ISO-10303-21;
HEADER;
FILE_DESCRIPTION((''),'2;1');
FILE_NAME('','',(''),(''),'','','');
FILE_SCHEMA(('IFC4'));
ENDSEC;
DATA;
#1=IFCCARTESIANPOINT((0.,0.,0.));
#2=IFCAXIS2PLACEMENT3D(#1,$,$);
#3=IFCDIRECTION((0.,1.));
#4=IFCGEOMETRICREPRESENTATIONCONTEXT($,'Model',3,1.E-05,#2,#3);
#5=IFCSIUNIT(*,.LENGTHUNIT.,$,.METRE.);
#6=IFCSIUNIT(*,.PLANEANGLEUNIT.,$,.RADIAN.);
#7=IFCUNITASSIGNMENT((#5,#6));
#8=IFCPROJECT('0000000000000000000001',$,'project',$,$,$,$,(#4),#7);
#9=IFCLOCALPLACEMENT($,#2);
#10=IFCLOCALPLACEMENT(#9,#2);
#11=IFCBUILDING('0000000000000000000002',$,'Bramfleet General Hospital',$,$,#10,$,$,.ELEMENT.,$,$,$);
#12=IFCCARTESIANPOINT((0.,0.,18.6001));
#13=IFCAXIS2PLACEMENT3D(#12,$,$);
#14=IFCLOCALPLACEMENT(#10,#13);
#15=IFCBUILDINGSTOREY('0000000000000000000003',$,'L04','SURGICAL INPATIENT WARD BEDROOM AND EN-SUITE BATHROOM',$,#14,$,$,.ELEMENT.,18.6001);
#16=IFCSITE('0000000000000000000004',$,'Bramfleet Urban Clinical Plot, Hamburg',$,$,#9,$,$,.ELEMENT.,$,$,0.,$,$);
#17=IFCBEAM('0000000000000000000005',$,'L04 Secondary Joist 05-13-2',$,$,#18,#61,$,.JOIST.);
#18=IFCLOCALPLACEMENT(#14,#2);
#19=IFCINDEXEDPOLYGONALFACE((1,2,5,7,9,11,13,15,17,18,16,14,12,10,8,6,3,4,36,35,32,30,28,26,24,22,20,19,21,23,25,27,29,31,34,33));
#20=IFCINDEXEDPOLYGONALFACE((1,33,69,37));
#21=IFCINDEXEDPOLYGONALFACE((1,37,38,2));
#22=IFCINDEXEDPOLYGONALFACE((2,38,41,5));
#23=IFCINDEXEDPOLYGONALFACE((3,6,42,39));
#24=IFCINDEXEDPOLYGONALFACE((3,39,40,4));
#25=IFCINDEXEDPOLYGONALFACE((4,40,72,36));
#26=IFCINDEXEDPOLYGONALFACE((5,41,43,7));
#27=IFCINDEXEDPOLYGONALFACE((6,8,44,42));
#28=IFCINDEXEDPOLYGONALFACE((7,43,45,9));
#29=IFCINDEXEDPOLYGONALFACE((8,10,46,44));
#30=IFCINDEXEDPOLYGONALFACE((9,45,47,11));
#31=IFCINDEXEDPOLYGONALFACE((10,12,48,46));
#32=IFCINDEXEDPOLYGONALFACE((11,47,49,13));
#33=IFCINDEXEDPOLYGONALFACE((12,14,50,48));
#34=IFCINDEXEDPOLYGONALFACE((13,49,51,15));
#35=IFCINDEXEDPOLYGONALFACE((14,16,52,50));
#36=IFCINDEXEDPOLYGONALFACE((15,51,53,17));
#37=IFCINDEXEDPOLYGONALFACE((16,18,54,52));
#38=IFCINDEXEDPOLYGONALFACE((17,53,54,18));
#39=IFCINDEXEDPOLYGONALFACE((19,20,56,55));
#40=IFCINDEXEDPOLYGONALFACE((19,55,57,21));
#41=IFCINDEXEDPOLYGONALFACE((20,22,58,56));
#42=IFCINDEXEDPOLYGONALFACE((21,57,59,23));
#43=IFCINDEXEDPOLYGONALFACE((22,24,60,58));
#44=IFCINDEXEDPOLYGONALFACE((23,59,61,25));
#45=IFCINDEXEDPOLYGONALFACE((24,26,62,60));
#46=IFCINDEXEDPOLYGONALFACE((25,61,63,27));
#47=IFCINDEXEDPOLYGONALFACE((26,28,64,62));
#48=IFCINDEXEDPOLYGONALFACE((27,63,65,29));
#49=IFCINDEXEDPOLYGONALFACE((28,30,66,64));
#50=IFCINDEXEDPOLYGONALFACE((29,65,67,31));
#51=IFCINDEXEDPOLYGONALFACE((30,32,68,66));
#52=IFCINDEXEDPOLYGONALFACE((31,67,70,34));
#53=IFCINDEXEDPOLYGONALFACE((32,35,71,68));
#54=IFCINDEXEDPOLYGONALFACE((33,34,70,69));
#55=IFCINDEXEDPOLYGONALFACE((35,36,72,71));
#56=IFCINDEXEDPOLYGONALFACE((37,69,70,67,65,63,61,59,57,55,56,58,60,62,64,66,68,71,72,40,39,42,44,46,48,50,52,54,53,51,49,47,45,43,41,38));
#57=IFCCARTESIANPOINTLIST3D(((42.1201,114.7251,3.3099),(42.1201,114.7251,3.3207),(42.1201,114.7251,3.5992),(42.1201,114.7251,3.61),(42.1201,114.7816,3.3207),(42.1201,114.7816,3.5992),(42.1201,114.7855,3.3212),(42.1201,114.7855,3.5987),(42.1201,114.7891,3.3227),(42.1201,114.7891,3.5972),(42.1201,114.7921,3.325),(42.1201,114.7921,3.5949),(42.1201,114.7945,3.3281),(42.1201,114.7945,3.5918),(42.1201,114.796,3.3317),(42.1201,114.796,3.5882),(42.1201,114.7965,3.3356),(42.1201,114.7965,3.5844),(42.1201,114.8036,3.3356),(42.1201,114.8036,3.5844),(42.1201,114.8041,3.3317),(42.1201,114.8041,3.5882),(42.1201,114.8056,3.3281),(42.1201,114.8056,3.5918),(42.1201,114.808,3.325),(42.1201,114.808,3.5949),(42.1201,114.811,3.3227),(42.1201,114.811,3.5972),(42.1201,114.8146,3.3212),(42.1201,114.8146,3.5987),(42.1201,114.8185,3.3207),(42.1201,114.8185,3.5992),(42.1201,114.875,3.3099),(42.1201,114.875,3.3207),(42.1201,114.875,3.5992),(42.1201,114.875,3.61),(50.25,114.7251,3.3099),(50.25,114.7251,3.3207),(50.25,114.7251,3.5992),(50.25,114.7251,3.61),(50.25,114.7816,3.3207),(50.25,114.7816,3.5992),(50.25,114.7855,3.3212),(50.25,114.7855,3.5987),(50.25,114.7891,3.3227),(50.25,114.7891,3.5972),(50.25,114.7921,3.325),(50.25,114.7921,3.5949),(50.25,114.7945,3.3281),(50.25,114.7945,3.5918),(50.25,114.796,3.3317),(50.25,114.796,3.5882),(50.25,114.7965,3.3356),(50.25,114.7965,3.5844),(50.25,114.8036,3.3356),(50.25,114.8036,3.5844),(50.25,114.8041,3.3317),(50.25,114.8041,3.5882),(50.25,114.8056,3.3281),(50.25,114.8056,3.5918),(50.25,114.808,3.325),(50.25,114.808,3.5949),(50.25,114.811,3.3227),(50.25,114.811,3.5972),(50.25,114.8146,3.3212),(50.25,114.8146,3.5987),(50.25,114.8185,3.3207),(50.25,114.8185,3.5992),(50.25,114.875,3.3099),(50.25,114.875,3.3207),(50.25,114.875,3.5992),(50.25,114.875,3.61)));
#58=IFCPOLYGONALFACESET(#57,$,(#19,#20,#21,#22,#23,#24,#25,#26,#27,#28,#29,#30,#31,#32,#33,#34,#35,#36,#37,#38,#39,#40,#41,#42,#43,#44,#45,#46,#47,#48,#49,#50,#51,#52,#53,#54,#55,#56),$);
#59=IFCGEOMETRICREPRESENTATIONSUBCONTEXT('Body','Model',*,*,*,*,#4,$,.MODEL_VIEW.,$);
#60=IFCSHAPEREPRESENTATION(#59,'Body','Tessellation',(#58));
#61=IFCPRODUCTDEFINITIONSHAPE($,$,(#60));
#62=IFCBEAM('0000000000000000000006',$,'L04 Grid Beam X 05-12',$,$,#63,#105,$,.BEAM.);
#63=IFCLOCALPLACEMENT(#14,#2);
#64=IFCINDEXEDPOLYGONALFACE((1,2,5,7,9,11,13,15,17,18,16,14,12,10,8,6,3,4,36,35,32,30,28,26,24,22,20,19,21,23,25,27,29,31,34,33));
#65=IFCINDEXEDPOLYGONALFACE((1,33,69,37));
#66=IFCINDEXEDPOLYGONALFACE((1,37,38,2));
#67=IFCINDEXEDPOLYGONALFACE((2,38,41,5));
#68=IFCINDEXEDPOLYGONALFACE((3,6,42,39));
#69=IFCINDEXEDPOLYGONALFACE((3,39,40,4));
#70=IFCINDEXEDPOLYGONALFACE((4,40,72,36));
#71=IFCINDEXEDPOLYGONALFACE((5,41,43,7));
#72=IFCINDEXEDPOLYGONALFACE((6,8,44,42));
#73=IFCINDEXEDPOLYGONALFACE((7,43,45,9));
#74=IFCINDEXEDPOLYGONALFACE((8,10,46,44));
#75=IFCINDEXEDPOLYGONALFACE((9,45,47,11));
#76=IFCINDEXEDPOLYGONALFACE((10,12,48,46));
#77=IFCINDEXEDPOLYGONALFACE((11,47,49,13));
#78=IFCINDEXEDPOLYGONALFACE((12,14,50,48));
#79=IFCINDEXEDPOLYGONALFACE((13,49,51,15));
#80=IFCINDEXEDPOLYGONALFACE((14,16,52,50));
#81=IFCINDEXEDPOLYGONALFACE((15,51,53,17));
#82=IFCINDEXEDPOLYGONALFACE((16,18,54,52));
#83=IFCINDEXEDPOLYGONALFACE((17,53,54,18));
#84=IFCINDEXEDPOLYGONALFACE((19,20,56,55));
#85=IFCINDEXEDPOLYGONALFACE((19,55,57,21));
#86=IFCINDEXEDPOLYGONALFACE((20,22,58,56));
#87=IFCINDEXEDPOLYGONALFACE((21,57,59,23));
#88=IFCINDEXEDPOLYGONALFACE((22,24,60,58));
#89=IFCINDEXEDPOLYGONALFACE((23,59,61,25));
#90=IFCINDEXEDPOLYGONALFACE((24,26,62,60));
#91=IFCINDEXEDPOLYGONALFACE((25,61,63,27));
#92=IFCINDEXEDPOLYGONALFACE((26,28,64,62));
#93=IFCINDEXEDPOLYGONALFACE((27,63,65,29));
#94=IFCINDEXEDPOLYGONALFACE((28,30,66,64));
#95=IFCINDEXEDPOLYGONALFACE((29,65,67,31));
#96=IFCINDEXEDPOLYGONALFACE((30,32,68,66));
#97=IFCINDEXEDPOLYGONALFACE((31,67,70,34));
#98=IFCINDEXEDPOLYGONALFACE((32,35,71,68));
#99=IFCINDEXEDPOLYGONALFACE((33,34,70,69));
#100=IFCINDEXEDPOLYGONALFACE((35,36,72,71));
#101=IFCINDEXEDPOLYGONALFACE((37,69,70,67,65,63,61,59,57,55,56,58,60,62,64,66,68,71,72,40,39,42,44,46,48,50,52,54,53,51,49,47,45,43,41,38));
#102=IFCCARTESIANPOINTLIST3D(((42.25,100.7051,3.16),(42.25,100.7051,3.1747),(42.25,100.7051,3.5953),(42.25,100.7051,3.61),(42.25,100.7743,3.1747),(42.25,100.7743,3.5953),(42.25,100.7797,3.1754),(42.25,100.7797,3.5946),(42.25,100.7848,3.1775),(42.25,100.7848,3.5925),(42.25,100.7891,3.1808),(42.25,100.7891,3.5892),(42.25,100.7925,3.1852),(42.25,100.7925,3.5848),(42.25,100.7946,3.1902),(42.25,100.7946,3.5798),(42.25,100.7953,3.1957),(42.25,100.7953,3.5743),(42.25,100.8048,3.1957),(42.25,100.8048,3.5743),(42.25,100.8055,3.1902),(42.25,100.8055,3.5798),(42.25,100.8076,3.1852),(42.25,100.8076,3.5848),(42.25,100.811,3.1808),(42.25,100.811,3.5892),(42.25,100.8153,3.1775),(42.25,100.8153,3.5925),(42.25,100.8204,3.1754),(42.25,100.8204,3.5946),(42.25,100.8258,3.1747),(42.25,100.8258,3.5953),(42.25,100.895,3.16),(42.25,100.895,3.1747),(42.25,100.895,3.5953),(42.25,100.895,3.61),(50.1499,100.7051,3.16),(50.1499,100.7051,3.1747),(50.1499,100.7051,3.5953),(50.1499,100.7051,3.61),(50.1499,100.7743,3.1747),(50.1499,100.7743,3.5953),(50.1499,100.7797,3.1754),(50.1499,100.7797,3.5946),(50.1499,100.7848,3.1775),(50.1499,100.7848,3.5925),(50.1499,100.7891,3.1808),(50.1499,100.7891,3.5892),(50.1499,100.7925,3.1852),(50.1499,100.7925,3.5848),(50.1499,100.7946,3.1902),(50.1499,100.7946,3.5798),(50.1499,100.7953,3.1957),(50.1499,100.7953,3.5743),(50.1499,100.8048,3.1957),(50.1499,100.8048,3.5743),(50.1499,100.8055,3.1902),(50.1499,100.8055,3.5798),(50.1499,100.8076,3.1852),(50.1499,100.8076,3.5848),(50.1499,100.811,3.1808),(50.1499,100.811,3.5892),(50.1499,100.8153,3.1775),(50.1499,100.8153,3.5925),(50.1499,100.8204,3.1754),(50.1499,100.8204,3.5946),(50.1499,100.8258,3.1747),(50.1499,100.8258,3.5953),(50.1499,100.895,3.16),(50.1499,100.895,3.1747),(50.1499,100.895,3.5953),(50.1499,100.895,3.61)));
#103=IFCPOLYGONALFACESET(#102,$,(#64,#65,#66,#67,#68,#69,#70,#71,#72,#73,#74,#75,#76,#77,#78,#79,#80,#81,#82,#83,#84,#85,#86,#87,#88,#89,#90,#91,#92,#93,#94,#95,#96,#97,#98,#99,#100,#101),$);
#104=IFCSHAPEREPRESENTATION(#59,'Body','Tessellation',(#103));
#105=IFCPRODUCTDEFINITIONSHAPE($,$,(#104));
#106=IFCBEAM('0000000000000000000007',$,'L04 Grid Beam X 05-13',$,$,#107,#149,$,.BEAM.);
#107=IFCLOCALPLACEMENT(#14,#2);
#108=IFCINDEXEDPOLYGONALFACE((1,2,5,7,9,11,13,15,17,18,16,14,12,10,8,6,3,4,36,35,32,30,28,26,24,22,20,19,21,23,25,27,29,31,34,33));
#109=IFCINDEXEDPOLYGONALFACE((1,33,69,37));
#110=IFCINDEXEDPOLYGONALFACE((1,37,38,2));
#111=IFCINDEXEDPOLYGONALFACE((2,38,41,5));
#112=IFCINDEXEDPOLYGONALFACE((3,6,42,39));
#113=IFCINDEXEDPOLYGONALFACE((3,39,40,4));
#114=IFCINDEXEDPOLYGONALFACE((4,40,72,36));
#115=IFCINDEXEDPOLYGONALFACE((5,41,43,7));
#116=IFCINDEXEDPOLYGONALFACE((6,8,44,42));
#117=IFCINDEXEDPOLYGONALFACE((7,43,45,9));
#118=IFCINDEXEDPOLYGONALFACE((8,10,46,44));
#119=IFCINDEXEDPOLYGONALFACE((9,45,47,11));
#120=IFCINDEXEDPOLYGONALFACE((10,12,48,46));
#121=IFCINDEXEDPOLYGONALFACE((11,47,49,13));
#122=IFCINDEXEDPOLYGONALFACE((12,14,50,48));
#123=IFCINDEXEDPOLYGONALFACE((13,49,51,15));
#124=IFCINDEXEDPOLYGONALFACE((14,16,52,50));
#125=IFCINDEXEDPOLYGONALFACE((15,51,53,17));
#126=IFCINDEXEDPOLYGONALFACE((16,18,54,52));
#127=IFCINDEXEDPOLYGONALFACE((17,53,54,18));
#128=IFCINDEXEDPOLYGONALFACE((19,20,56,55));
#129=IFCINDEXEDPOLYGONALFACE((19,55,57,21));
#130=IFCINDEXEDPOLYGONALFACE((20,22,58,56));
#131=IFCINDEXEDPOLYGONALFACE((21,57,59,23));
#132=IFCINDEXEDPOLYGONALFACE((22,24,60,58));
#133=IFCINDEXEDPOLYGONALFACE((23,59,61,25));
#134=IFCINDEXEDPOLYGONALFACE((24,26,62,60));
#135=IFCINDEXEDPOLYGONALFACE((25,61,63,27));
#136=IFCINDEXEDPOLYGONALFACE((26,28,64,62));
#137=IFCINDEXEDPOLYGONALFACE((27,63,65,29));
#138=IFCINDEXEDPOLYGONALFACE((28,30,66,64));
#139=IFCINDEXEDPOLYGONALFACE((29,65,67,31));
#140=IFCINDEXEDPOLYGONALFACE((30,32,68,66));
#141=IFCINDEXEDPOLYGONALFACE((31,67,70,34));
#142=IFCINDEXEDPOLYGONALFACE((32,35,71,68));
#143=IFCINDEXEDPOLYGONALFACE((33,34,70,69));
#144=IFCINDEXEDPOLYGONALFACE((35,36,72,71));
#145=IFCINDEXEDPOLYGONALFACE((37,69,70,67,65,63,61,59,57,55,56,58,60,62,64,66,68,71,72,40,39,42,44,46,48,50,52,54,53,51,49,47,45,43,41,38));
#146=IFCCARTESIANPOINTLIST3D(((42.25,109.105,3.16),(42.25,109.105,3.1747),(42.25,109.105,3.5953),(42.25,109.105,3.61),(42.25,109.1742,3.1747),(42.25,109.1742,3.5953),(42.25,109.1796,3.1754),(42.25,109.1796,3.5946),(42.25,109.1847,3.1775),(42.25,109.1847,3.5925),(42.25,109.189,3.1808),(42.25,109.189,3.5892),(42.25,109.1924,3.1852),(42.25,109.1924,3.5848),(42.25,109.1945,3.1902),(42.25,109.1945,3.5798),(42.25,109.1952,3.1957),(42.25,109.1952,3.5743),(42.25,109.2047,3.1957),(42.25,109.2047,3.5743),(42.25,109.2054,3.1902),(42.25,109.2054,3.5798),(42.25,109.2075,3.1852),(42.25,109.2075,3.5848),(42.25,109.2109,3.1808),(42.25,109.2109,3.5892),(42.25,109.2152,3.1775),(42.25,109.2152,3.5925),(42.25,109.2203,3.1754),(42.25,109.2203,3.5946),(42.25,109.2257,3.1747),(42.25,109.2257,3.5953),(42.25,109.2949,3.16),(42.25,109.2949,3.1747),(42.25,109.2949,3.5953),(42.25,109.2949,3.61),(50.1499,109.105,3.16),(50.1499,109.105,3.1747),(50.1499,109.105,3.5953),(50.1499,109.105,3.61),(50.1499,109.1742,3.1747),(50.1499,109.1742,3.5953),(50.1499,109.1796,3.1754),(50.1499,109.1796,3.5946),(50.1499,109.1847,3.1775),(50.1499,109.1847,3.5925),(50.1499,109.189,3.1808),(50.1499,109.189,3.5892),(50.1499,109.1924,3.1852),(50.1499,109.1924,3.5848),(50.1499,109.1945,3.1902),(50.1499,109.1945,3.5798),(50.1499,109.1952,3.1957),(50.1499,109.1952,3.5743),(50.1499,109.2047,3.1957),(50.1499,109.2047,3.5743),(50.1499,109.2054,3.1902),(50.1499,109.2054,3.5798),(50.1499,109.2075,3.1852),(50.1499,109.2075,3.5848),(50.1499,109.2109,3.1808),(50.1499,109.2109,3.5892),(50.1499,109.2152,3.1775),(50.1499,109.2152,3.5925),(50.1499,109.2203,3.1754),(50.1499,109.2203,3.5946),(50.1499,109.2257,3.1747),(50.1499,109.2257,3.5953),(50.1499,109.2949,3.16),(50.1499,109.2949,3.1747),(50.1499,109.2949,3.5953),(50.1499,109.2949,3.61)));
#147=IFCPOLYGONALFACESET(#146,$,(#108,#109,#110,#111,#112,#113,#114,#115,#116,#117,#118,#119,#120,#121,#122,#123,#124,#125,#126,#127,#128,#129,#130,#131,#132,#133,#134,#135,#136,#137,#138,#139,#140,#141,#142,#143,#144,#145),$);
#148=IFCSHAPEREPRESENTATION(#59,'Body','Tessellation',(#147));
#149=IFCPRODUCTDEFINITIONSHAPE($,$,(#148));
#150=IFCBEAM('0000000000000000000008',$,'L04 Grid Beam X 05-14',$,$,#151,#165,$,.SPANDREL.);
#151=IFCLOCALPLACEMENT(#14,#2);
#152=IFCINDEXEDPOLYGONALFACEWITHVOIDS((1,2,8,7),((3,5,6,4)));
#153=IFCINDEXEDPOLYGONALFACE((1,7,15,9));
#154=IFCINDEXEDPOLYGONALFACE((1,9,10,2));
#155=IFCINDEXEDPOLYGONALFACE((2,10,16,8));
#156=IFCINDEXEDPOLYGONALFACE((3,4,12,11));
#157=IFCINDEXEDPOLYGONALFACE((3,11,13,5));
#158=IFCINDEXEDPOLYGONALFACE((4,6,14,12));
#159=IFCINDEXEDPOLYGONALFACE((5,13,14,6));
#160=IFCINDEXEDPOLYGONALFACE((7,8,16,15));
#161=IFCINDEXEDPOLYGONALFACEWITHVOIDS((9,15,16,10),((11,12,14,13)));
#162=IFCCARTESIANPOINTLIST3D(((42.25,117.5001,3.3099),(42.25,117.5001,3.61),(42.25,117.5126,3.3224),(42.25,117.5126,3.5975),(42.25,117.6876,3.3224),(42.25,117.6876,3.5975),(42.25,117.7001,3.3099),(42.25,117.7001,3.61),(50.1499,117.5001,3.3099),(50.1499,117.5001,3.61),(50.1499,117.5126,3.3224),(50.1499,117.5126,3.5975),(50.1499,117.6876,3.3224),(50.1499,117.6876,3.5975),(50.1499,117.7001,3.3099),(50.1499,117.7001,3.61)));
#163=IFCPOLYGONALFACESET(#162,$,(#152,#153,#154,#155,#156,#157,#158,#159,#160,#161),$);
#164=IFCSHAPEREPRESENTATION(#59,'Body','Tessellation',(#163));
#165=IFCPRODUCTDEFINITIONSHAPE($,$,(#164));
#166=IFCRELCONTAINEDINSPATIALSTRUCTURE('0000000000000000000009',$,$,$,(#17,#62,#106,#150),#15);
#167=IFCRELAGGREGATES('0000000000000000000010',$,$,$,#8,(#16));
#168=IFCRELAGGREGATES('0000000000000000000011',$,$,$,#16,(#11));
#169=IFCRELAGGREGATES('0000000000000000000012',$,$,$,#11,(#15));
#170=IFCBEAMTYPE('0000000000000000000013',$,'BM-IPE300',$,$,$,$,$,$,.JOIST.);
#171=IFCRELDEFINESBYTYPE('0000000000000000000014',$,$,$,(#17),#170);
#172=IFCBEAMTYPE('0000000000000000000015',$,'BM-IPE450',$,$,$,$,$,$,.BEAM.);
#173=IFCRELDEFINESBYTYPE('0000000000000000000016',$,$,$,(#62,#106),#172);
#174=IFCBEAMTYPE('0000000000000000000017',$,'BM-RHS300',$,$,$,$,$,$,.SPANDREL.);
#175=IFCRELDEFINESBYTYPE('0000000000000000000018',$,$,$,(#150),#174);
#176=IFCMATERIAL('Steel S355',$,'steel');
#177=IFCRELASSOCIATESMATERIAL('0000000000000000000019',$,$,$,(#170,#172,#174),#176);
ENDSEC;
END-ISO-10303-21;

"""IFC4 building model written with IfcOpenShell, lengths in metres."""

from ifc_helpers import new_model, si_unit, direction, frame, origin, origin_2d, place, context, subcontext, project, spatial, hollow_rectangle, i_section, extrude, material, material_profile, profile_set, type_object, element, save


model = new_model("IFC4")

# Units and contexts
model_context = context("Model", 3, precision=1e-05, world=origin(), true_north=direction((0.0, 1.0)))
body_context = subcontext(model_context, "Body", "Model", "MODEL_VIEW")
ifc_project = project(units=[si_unit("LENGTHUNIT", "METRE"), si_unit("PLANEANGLEUNIT", "RADIAN")], contexts=[model_context])

# Site, building, storey
site_placement = place(None, origin())
site = spatial("IfcSite", under=ifc_project, at=site_placement, Name="Bramfleet Urban Clinical Plot, Hamburg", CompositionType="ELEMENT", RefElevation=0.0)
building_placement = place(site_placement, origin())
building = spatial("IfcBuilding", under=site, at=building_placement, Name="Bramfleet General Hospital", CompositionType="ELEMENT")
storey_placement = place(building_placement, frame((0.0, 0.0, 18.6001)))
storey = spatial("IfcBuildingStorey", under=building, at=storey_placement, Name="L04", Description="SURGICAL INPATIENT WARD BEDROOM AND EN-SUITE BATHROOM", CompositionType="ELEMENT", Elevation=18.6001)

# Beams
ifc_material_1 = material(Name="Steel S355", Category="steel")
ifc_material_profile_1 = material_profile(ifc_material_1, i_section(OverallWidth=0.1499, OverallDepth=0.3, WebThickness=0.0071, FlangeThickness=0.0107, FilletRadius=0.0149, at=origin_2d()), Name="IPE 300")
ifc_profile_set_1 = profile_set([ifc_material_profile_1], Name="Steel S355")
beam_type_1 = type_object("IfcBeamType", Name="BM-IPE300", PredefinedType="JOIST", material=ifc_profile_set_1)
for number, where, z_axis, x_axis, name in (
    (1, (42.1201, 114.8, 3.46), (1.0, 0.0, 0.0), (0.0, 1.0, 0.0), "L04 Secondary Joist 05-13-2"),
):
    element("IfcBeam", number, at=place(storey_placement, frame(where, z_axis=z_axis, x_axis=x_axis)), inside=storey, type_object=beam_type_1, Name=name, PredefinedType="JOIST", context=body_context, shape_type="SweptSolid", body=[
        extrude(i_section(OverallWidth=0.1499, OverallDepth=0.3, WebThickness=0.0071, FlangeThickness=0.0107, FilletRadius=0.0149, at=origin_2d()), origin(), (0.0, 0.0, 1.0), 8.1299),
    ])
ifc_material_profile_2 = material_profile(ifc_material_1, i_section(OverallWidth=0.1899, OverallDepth=0.45, WebThickness=0.0095, FlangeThickness=0.0146, FilletRadius=0.021, at=origin_2d()), Name="IPE 450")
ifc_profile_set_2 = profile_set([ifc_material_profile_2], Name="Steel S355")
beam_type_2 = type_object("IfcBeamType", Name="BM-IPE450", PredefinedType="BEAM", material=ifc_profile_set_2)
for number, where, z_axis, x_axis, name in (
    (2, (42.25, 100.8, 3.385), (1.0, 0.0, 0.0), (0.0, 1.0, 0.0), "L04 Grid Beam X 05-12"),
    (3, (42.25, 109.2, 3.385), (1.0, 0.0, 0.0), (0.0, 1.0, 0.0), "L04 Grid Beam X 05-13"),
):
    element("IfcBeam", number, at=place(storey_placement, frame(where, z_axis=z_axis, x_axis=x_axis)), inside=storey, type_object=beam_type_2, Name=name, PredefinedType="BEAM", context=body_context, shape_type="SweptSolid", body=[
        extrude(i_section(OverallWidth=0.1899, OverallDepth=0.45, WebThickness=0.0095, FlangeThickness=0.0146, FilletRadius=0.021, at=origin_2d()), origin(), (0.0, 0.0, 1.0), 7.8999),
    ])
ifc_material_profile_3 = material_profile(ifc_material_1, hollow_rectangle(XDim=0.2, YDim=0.3, WallThickness=0.0125, at=origin_2d()), Name="RHS 300x200x12.5")
ifc_profile_set_3 = profile_set([ifc_material_profile_3], Name="Steel S355")
beam_type_3 = type_object("IfcBeamType", Name="BM-RHS300", PredefinedType="SPANDREL", material=ifc_profile_set_3)
beam_placement = place(storey_placement, frame((42.25, 117.6001, 3.46), z_axis=(1.0, 0.0, 0.0), x_axis=(0.0, 1.0, 0.0)))
element("IfcBeam", 4, at=beam_placement, inside=storey, type_object=beam_type_3, Name="L04 Grid Beam X 05-14", PredefinedType="SPANDREL", context=body_context, shape_type="SweptSolid", body=[
    extrude(hollow_rectangle(XDim=0.2, YDim=0.3, WallThickness=0.0125, at=origin_2d()), origin(), (0.0, 0.0, 1.0), 7.8999),
])

save(model, "model.ifc")
